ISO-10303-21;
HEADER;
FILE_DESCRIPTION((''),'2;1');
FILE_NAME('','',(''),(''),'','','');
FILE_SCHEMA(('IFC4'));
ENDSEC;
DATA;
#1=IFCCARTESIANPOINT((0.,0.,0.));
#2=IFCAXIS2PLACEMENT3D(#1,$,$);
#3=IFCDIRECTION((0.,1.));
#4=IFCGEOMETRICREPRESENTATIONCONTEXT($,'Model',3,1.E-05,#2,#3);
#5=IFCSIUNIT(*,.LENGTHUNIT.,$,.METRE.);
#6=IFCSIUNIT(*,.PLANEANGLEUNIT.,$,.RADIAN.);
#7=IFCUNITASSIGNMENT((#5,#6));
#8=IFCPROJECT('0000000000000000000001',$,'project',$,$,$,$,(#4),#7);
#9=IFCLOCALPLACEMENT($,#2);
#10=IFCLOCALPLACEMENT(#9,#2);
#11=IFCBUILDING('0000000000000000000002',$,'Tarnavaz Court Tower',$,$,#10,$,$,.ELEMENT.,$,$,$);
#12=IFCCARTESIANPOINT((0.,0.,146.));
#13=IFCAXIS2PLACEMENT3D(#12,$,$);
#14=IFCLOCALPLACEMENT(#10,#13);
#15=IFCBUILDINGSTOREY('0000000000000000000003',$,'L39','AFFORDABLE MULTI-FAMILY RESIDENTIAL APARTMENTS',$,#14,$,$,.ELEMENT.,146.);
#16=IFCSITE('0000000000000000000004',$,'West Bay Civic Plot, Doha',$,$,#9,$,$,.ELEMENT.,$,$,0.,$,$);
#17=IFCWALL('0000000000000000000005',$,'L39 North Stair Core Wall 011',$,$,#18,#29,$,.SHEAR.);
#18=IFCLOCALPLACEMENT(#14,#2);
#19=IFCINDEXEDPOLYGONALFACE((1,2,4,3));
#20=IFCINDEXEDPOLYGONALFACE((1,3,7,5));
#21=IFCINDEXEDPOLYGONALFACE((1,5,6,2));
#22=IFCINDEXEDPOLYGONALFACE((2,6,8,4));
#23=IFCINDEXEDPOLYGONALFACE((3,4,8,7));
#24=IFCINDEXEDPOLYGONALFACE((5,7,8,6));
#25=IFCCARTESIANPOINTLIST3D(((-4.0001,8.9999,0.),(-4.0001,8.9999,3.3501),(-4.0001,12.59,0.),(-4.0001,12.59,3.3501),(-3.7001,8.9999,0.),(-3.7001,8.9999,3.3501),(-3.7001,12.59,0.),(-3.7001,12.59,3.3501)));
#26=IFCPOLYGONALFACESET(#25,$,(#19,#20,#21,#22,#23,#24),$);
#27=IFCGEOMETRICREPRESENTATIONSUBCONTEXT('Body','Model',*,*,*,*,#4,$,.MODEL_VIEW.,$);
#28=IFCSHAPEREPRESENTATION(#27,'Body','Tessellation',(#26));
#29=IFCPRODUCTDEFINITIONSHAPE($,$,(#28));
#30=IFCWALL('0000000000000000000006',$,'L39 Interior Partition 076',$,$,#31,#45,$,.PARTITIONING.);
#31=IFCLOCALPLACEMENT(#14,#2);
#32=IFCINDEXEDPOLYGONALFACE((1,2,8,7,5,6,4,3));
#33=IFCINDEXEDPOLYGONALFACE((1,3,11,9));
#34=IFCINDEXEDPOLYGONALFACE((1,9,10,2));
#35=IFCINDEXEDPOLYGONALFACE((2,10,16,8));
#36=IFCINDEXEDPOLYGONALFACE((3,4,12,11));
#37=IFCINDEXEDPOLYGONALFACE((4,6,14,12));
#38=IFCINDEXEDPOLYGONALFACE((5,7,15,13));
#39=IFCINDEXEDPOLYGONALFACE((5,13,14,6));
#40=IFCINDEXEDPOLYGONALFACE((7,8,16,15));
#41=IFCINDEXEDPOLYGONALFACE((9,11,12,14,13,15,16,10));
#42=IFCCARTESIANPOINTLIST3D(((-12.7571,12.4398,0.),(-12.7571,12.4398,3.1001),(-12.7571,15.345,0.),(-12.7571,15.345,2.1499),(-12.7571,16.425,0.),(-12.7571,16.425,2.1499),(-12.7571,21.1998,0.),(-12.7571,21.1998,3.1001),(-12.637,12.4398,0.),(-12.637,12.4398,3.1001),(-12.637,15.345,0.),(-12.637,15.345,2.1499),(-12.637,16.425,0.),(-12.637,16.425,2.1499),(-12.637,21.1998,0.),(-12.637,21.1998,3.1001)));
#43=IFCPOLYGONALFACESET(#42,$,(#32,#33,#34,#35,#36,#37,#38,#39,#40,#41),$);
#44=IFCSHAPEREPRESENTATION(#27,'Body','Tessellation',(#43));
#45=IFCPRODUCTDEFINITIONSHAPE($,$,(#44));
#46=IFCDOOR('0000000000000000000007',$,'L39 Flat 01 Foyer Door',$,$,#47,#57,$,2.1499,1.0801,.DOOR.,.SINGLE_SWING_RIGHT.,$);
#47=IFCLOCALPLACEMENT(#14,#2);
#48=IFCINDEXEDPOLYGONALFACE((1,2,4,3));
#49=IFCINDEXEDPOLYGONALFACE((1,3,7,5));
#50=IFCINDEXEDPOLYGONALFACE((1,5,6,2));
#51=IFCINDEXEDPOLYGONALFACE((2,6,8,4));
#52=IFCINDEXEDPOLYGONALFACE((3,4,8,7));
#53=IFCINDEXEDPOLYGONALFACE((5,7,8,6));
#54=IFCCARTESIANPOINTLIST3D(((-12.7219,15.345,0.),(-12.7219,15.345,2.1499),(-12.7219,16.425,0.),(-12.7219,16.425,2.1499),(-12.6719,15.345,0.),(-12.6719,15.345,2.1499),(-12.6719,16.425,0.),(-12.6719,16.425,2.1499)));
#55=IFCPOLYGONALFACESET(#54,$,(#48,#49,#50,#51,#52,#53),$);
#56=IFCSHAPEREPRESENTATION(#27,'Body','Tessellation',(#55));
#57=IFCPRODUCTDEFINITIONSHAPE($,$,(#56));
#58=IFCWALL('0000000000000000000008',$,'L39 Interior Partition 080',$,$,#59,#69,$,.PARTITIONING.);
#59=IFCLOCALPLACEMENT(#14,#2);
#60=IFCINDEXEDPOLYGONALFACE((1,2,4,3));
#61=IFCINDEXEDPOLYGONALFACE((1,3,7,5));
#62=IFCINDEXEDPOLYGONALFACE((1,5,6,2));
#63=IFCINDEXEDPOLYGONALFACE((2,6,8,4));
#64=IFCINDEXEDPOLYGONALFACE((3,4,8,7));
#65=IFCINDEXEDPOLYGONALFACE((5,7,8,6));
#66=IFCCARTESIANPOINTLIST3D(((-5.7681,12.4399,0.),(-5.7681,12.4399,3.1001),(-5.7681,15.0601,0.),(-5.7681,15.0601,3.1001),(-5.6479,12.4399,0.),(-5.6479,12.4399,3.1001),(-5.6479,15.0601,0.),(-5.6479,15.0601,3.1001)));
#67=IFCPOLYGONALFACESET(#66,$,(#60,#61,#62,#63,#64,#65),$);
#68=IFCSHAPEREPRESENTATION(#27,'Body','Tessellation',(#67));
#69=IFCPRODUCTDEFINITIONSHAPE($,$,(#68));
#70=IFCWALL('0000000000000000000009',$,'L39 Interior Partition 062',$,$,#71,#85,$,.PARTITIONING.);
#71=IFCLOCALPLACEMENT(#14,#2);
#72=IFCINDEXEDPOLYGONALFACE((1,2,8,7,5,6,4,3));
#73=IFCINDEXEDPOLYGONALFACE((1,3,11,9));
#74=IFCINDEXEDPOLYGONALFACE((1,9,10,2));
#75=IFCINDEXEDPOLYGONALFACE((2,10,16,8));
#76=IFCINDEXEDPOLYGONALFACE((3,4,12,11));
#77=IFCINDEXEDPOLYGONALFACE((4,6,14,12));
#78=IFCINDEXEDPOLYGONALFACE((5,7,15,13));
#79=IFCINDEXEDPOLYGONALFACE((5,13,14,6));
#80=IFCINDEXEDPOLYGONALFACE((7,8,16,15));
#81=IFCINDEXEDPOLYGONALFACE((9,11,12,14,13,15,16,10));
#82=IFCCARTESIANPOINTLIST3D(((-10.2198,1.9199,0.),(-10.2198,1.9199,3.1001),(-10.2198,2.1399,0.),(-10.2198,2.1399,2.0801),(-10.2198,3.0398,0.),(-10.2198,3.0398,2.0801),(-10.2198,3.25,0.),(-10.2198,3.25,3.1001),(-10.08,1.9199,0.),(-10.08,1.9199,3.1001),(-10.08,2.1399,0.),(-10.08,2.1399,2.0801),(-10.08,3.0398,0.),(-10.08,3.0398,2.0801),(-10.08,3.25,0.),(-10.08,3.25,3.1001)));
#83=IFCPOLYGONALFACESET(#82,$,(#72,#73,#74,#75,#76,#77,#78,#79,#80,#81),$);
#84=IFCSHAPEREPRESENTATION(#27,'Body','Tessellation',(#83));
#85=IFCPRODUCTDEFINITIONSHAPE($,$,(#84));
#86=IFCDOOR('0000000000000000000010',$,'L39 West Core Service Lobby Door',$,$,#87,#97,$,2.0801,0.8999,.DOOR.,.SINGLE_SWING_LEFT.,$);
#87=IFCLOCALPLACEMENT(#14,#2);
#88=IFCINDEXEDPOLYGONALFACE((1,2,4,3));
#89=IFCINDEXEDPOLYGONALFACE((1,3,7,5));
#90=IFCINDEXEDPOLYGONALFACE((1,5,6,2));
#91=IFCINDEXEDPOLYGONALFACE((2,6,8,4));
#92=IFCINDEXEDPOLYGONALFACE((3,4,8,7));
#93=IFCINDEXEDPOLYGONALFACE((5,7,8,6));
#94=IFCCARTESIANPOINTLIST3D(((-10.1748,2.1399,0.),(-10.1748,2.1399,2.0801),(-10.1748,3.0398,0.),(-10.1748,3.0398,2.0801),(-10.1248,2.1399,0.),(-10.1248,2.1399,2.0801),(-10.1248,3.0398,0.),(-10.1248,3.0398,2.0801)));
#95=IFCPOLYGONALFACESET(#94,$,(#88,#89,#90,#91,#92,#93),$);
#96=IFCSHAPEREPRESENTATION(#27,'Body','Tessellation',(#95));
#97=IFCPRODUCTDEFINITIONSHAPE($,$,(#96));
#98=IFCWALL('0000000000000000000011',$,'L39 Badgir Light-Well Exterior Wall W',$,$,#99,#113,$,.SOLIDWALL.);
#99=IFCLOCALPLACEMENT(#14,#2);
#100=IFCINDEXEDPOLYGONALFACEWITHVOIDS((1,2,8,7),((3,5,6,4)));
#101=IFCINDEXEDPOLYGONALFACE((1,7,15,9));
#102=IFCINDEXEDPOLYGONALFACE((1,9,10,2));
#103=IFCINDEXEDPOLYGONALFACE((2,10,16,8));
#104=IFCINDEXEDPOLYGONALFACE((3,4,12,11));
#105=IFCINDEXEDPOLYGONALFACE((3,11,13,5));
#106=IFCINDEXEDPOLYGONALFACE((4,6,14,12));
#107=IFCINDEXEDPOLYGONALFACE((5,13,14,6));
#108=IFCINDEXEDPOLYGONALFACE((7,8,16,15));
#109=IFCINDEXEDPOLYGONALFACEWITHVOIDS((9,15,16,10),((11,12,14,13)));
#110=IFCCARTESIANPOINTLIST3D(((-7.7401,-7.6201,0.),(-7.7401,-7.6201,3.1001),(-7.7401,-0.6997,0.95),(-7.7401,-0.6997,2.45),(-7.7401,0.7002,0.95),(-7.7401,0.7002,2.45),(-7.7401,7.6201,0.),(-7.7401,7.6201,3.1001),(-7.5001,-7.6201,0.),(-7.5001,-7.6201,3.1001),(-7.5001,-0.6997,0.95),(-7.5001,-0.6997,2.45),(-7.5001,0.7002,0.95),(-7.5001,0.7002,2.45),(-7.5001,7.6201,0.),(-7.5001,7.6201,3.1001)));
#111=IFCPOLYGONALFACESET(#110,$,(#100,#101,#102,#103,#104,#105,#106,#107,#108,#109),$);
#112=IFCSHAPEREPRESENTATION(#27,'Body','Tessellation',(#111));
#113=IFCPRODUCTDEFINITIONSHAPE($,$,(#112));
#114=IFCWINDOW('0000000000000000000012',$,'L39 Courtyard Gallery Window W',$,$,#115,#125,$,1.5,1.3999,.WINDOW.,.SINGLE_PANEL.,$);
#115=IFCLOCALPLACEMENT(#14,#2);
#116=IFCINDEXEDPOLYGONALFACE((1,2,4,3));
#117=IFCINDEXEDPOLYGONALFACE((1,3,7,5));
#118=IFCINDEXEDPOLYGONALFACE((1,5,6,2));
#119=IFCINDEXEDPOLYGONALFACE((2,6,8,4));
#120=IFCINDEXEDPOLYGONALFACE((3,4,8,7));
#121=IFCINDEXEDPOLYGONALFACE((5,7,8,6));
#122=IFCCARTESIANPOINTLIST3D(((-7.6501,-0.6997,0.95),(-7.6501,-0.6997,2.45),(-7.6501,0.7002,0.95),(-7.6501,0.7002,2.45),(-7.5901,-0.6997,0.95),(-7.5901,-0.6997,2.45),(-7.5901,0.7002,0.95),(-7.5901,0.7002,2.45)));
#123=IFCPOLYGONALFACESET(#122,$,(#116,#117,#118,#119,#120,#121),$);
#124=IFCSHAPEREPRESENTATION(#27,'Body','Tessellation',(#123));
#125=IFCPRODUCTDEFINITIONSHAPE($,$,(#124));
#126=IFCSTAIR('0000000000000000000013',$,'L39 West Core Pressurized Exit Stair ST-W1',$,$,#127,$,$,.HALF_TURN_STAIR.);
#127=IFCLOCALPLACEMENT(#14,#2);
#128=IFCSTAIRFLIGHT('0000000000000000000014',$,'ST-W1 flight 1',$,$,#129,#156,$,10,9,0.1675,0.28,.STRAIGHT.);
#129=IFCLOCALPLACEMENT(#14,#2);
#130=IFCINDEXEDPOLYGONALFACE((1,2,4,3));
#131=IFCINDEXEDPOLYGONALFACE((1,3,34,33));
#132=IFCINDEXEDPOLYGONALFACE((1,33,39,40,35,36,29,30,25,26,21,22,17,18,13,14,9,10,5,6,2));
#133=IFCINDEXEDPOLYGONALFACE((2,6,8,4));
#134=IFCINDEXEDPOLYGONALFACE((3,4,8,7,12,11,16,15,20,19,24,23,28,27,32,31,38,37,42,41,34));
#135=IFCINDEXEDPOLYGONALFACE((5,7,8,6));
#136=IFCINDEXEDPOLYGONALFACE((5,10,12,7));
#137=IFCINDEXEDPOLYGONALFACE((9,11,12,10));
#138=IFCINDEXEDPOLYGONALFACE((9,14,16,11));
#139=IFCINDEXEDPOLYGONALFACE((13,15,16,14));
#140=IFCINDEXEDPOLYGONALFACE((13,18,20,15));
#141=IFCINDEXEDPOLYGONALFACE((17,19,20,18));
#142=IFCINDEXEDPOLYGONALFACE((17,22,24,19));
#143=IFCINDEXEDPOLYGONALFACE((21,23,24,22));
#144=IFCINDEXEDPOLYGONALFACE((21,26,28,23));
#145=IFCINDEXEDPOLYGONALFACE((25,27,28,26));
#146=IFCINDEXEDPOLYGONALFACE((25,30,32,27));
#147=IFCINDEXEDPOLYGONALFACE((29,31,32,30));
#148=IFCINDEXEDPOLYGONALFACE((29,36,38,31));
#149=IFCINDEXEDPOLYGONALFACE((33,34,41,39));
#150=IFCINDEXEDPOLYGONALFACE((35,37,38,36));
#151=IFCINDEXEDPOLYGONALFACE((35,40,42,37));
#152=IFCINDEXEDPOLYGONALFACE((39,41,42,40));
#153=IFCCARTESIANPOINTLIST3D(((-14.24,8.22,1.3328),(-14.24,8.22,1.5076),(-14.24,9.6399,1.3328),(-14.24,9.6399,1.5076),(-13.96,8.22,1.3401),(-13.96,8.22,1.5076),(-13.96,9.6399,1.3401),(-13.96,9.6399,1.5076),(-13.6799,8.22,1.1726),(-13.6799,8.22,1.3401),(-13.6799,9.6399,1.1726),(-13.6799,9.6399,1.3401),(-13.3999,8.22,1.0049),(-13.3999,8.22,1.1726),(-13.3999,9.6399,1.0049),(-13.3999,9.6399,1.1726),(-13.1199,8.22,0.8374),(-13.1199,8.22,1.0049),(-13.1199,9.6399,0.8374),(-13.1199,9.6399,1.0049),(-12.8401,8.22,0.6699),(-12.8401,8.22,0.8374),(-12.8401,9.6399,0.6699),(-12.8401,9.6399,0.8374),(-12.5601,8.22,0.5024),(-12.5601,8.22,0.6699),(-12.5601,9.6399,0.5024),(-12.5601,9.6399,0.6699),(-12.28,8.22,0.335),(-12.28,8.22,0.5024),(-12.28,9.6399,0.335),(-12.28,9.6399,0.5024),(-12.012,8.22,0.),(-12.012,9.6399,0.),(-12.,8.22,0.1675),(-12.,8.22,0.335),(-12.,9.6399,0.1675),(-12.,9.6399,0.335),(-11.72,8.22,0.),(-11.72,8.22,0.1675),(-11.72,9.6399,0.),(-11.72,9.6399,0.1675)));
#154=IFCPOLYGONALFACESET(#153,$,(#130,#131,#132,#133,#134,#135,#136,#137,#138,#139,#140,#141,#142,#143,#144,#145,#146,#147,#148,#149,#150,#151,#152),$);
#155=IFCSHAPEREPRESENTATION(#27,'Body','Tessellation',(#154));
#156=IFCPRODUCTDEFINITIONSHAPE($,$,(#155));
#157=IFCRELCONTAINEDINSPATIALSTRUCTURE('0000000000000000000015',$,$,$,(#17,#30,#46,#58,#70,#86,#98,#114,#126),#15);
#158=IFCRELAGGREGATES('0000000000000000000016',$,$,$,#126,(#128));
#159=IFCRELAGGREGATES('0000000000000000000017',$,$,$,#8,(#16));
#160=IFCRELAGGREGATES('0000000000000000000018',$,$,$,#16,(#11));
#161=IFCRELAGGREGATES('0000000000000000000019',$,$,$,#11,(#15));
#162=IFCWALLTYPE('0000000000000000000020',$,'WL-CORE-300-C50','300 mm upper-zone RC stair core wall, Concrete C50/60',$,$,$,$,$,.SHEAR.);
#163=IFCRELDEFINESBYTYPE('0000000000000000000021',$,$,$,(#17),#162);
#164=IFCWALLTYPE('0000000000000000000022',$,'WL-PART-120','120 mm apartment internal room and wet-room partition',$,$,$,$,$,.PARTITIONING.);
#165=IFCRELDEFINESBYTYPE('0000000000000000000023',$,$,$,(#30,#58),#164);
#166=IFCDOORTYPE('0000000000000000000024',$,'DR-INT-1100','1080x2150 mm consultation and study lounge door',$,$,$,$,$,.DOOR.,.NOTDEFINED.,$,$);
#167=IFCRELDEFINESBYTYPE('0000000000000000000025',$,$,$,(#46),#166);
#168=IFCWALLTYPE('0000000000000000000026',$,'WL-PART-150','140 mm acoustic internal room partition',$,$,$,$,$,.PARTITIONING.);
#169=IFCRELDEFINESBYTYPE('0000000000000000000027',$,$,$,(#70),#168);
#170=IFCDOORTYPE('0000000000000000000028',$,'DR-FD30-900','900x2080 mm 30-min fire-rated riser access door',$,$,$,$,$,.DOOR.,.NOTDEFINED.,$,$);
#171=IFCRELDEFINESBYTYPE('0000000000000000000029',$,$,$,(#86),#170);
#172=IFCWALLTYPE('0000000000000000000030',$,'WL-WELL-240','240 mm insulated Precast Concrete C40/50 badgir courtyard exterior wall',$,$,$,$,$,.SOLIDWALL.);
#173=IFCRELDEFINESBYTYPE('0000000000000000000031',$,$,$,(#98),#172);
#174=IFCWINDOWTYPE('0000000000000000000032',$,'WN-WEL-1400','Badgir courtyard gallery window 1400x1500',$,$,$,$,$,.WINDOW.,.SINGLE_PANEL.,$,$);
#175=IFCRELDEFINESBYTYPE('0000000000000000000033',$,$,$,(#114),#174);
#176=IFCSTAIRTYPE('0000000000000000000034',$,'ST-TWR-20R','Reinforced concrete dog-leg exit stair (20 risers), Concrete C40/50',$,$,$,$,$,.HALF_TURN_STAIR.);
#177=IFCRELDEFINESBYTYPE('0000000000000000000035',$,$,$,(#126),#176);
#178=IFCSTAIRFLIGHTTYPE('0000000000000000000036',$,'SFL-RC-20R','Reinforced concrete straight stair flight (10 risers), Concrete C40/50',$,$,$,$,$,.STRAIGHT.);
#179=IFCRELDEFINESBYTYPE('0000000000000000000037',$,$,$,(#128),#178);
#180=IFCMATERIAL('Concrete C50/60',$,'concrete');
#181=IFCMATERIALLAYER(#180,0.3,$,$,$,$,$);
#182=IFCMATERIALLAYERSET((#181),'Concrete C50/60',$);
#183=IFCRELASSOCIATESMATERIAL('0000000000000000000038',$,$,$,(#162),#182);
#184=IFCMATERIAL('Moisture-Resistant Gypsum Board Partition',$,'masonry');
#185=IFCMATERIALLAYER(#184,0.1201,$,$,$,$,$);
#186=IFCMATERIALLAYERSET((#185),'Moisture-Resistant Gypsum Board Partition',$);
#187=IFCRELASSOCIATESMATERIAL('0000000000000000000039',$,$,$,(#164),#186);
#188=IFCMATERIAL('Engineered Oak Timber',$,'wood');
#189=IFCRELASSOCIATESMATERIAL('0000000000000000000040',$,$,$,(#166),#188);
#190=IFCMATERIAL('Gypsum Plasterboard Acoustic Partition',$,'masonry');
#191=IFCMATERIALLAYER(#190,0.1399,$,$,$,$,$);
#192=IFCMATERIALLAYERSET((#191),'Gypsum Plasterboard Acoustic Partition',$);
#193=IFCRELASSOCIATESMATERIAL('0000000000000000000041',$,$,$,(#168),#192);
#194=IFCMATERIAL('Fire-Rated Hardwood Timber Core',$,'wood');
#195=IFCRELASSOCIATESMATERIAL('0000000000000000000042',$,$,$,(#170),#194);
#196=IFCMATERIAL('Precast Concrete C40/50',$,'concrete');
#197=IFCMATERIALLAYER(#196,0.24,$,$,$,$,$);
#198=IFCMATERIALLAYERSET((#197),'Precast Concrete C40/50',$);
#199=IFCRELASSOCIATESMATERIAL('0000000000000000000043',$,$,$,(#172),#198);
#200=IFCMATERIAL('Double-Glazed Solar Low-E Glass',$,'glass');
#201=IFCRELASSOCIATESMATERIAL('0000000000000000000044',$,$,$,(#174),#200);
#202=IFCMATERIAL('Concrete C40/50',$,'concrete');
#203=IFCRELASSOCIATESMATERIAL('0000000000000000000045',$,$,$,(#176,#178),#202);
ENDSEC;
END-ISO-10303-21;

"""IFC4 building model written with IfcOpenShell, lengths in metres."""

from ifc_helpers import new_model, si_unit, direction, frame, frame_2d, origin, place, context, subcontext, project, spatial, polyline, rectangle, outline, extrude, material, layer, layer_set, type_object, element, fill, aggregate, save


model = new_model("IFC4")

# Units and contexts
model_context = context("Model", 3, precision=1e-05, world=origin(), true_north=direction((0.0, 1.0)))
body_context = subcontext(model_context, "Body", "Model", "MODEL_VIEW")
ifc_project = project(units=[si_unit("LENGTHUNIT", "METRE"), si_unit("PLANEANGLEUNIT", "RADIAN")], contexts=[model_context])

# Site, building, storey
site_placement = place(None, origin())
site = spatial("IfcSite", under=ifc_project, at=site_placement, Name="West Bay Civic Plot, Doha", CompositionType="ELEMENT", RefElevation=0.0)
building_placement = place(site_placement, origin())
building = spatial("IfcBuilding", under=site, at=building_placement, Name="Tarnavaz Court Tower", CompositionType="ELEMENT")
storey_placement = place(building_placement, frame((0.0, 0.0, 146.0)))
storey = spatial("IfcBuildingStorey", under=building, at=storey_placement, Name="L39", Description="AFFORDABLE MULTI-FAMILY RESIDENTIAL APARTMENTS", CompositionType="ELEMENT", Elevation=146.0)

# Shared definitions
ifc_material_1 = material(Name="Concrete C50/60", Category="concrete")
ifc_layer_1 = layer(ifc_material_1, 0.3)
ifc_layer_set_1 = layer_set([ifc_layer_1], Name="Concrete C50/60")
wall_type_1 = type_object("IfcWallType", Name="WL-CORE-300-C50", Description="300 mm upper-zone RC stair core wall, Concrete C50/60", PredefinedType="SHEAR", material=ifc_layer_set_1)

# Shared definitions
ifc_material_2 = material(Name="Fire-Rated Hardwood Timber Core", Category="wood")

# Wall
wall_1_placement = place(storey_placement, frame((-3.8501, 9.0, 0.0), z_axis=(0.0, 0.0, 1.0), x_axis=(0.0, 1.0, 0.0)))
element("IfcWall", 1, at=wall_1_placement, inside=storey, type_object=wall_type_1, Name="L39 North Stair Core Wall 011", PredefinedType="SHEAR", context=body_context, shape_type="SweptSolid", body=[
    extrude(rectangle(XDim=3.5901, YDim=0.3, at=frame_2d((1.7949, 0.0))), origin(), (0.0, 0.0, 1.0), 3.3501),
])

# Wall, opening, door
ifc_material_3 = material(Name="Moisture-Resistant Gypsum Board Partition", Category="masonry")
ifc_layer_2 = layer(ifc_material_3, 0.1201)
ifc_layer_set_2 = layer_set([ifc_layer_2], Name="Moisture-Resistant Gypsum Board Partition")
wall_type_2 = type_object("IfcWallType", Name="WL-PART-120", Description="120 mm apartment internal room and wet-room partition", PredefinedType="PARTITIONING", material=ifc_layer_set_2)
wall_2_placement = place(storey_placement, frame((-12.697, 12.4399, 0.0), z_axis=(0.0, 0.0, 1.0), x_axis=(0.0, 1.0, 0.0)))
wall_2 = element("IfcWall", 2, at=wall_2_placement, inside=storey, type_object=wall_type_2, Name="L39 Interior Partition 076", PredefinedType="PARTITIONING", context=body_context, shape_type="SweptSolid", body=[
    extrude(rectangle(XDim=8.76, YDim=0.1201, at=frame_2d((4.3799, 0.0))), origin(), (0.0, 0.0, 1.0), 3.1001),
])
opening_1_placement = place(wall_2_placement, frame((2.905, 0.0, 0.0)))
opening_1 = element("IfcOpeningElement", 3, at=opening_1_placement, cuts=wall_2, PredefinedType="OPENING", context=body_context, shape_type="SweptSolid", body=[
    extrude(rectangle(XDim=1.0801, YDim=2.1499, at=frame_2d((0.54, 1.075))), frame((0.0, 0.0701, 0.0), z_axis=(0.0, -1.0, 0.0), x_axis=(1.0, 0.0, 0.0)), (0.0, 0.0, 1.0), 0.1401),
])
ifc_material_4 = material(Name="Engineered Oak Timber", Category="wood")
door_type_1 = type_object("IfcDoorType", Name="DR-INT-1100", Description="1080x2150 mm consultation and study lounge door", OperationType="NOTDEFINED", PredefinedType="DOOR", material=ifc_material_4)
door_1_placement = place(opening_1_placement, origin())
door_1 = element("IfcDoor", 4, at=door_1_placement, inside=storey, type_object=door_type_1, Name="L39 Flat 01 Foyer Door", OperationType="SINGLE_SWING_RIGHT", OverallHeight=2.1499, OverallWidth=1.0801, PredefinedType="DOOR", context=body_context, shape_type="SweptSolid", body=[
    extrude(rectangle(XDim=1.0801, YDim=2.1499, at=frame_2d((0.54, 1.075))), frame((0.0, 0.0249, 0.0), z_axis=(0.0, -1.0, 0.0), x_axis=(1.0, 0.0, 0.0)), (0.0, 0.0, 1.0), 0.05),
])
fill(opening_1, door_1)

# Wall
wall_3_placement = place(storey_placement, frame((-5.708, 12.4399, 0.0), z_axis=(0.0, 0.0, 1.0), x_axis=(0.0, 1.0, 0.0)))
element("IfcWall", 5, at=wall_3_placement, inside=storey, type_object=wall_type_2, Name="L39 Interior Partition 080", PredefinedType="PARTITIONING", context=body_context, shape_type="SweptSolid", body=[
    extrude(rectangle(XDim=2.6201, YDim=0.1201, at=frame_2d((1.3101, 0.0))), origin(), (0.0, 0.0, 1.0), 3.1001),
])

# Wall, opening, door
ifc_material_5 = material(Name="Gypsum Plasterboard Acoustic Partition", Category="masonry")
ifc_layer_3 = layer(ifc_material_5, 0.1399)
ifc_layer_set_3 = layer_set([ifc_layer_3], Name="Gypsum Plasterboard Acoustic Partition")
wall_type_3 = type_object("IfcWallType", Name="WL-PART-150", Description="140 mm acoustic internal room partition", PredefinedType="PARTITIONING", material=ifc_layer_set_3)
wall_4_placement = place(storey_placement, frame((-10.1499, 1.9199, 0.0), z_axis=(0.0, 0.0, 1.0), x_axis=(0.0, 1.0, 0.0)))
wall_4 = element("IfcWall", 6, at=wall_4_placement, inside=storey, type_object=wall_type_3, Name="L39 Interior Partition 062", PredefinedType="PARTITIONING", context=body_context, shape_type="SweptSolid", body=[
    extrude(rectangle(XDim=1.3301, YDim=0.1399, at=frame_2d((0.665, 0.0))), origin(), (0.0, 0.0, 1.0), 3.1001),
])
opening_2_placement = place(wall_4_placement, frame((0.22, 0.0, 0.0)))
opening_2 = element("IfcOpeningElement", 7, at=opening_2_placement, cuts=wall_4, PredefinedType="OPENING", context=body_context, shape_type="SweptSolid", body=[
    extrude(rectangle(XDim=0.8999, YDim=2.0801, at=frame_2d((0.45, 1.04))), frame((0.0, 0.0798, 0.0), z_axis=(0.0, -1.0, 0.0), x_axis=(1.0, 0.0, 0.0)), (0.0, 0.0, 1.0), 0.1599),
])
door_type_2 = type_object("IfcDoorType", Name="DR-FD30-900", Description="900x2080 mm 30-min fire-rated riser access door", OperationType="NOTDEFINED", PredefinedType="DOOR", material=ifc_material_2)
door_2_placement = place(opening_2_placement, origin())
door_2 = element("IfcDoor", 8, at=door_2_placement, inside=storey, type_object=door_type_2, Name="L39 West Core Service Lobby Door", OperationType="SINGLE_SWING_LEFT", OverallHeight=2.0801, OverallWidth=0.8999, PredefinedType="DOOR", context=body_context, shape_type="SweptSolid", body=[
    extrude(rectangle(XDim=0.8999, YDim=2.0801, at=frame_2d((0.45, 1.04))), frame((0.0, 0.0249, 0.0), z_axis=(0.0, -1.0, 0.0), x_axis=(1.0, 0.0, 0.0)), (0.0, 0.0, 1.0), 0.05),
])
fill(opening_2, door_2)

# Wall, opening, window
ifc_material_6 = material(Name="Precast Concrete C40/50", Category="concrete")
ifc_layer_4 = layer(ifc_material_6, 0.24)
ifc_layer_set_4 = layer_set([ifc_layer_4], Name="Precast Concrete C40/50")
wall_type_4 = type_object("IfcWallType", Name="WL-WELL-240", Description="240 mm insulated Precast Concrete C40/50 badgir courtyard exterior wall", PredefinedType="SOLIDWALL", material=ifc_layer_set_4)
wall_5_placement = place(storey_placement, frame((-7.6201, 7.6201, 0.0), z_axis=(0.0, 0.0, 1.0), x_axis=(0.0, -1.0, 0.0)))
wall_5 = element("IfcWall", 9, at=wall_5_placement, inside=storey, type_object=wall_type_4, Name="L39 Badgir Light-Well Exterior Wall W", PredefinedType="SOLIDWALL", context=body_context, shape_type="SweptSolid", body=[
    extrude(rectangle(XDim=15.2402, YDim=0.24, at=frame_2d((7.6201, 0.0))), origin(), (0.0, 0.0, 1.0), 3.1001),
])
opening_3_placement = place(wall_5_placement, frame((6.9199, 0.0, 0.95)))
opening_3 = element("IfcOpeningElement", 10, at=opening_3_placement, cuts=wall_5, PredefinedType="OPENING", context=body_context, shape_type="SweptSolid", body=[
    extrude(rectangle(XDim=1.3999, YDim=1.5, at=frame_2d((0.7, 0.75))), frame((0.0, 0.1299, 0.0), z_axis=(0.0, -1.0, 0.0), x_axis=(1.0, 0.0, 0.0)), (0.0, 0.0, 1.0), 0.26),
])
ifc_material_7 = material(Name="Double-Glazed Solar Low-E Glass", Category="glass")
window_type = type_object("IfcWindowType", Name="WN-WEL-1400", Description="Badgir courtyard gallery window 1400x1500", PartitioningType="SINGLE_PANEL", PredefinedType="WINDOW", material=ifc_material_7)
window_placement = place(opening_3_placement, origin())
window = element("IfcWindow", 11, at=window_placement, inside=storey, type_object=window_type, Name="L39 Courtyard Gallery Window W", OverallHeight=1.5, OverallWidth=1.3999, PartitioningType="SINGLE_PANEL", PredefinedType="WINDOW", context=body_context, shape_type="SweptSolid", body=[
    extrude(rectangle(XDim=1.3999, YDim=1.5, at=frame_2d((0.7, 0.75))), frame((0.0, 0.03, 0.0), z_axis=(0.0, -1.0, 0.0), x_axis=(1.0, 0.0, 0.0)), (0.0, 0.0, 1.0), 0.0601),
])
fill(opening_3, window)

# Stair, stair flight
ifc_material_8 = material(Name="Concrete C40/50", Category="concrete")
stair_type = type_object("IfcStairType", Name="ST-TWR-20R", Description="Reinforced concrete dog-leg exit stair (20 risers), Concrete C40/50", PredefinedType="HALF_TURN_STAIR", material=ifc_material_8)
stair_1_placement = place(storey_placement, origin())
stair_1 = element("IfcStair", 12, at=stair_1_placement, inside=storey, type_object=stair_type, Name="L39 West Core Pressurized Exit Stair ST-W1", PredefinedType="HALF_TURN_STAIR")
stair_flight_type = type_object("IfcStairFlightType", Name="SFL-RC-20R", Description="Reinforced concrete straight stair flight (10 risers), Concrete C40/50", PredefinedType="STRAIGHT", material=ifc_material_8)
stair_flight_1_placement = place(storey_placement, frame((-11.72, 8.9299, 0.0), z_axis=(0.0, 0.0, 1.0), x_axis=(-1.0, 0.0, 0.0)))
stair_flight_1 = element("IfcStairFlight", 13, at=stair_flight_1_placement, type_object=stair_flight_type, Name="ST-W1 flight 1", NumberOfRisers=10, NumberOfTreads=9, PredefinedType="STRAIGHT", RiserHeight=0.1675, TreadLength=0.28, context=body_context, shape_type="SweptSolid", body=[
    extrude(outline(polyline([(0.0, 0.0), (0.0, 0.1675), (0.28, 0.1675), (0.28, 0.335), (0.5601, 0.335), (0.5601, 0.5024), (0.8401, 0.5024), (0.8401, 0.6699), (1.1201, 0.6699), (1.1201, 0.8374), (1.3999, 0.8374), (1.3999, 1.0049), (1.6799, 1.0049), (1.6799, 1.1726), (1.96, 1.1726), (1.96, 1.3401), (2.24, 1.3401), (2.24, 1.5076), (2.52, 1.5076), (2.52, 1.675), (2.52, 1.3328), (0.292, 0.0), (0.0, 0.0)])), frame((0.0, 0.71, 0.0), z_axis=(0.0, -1.0, 0.0), x_axis=(1.0, 0.0, 0.0)), (0.0, 0.0, 1.0), 1.4199),
])
aggregate(stair_1, [stair_flight_1])

save(model, "model.ifc")
